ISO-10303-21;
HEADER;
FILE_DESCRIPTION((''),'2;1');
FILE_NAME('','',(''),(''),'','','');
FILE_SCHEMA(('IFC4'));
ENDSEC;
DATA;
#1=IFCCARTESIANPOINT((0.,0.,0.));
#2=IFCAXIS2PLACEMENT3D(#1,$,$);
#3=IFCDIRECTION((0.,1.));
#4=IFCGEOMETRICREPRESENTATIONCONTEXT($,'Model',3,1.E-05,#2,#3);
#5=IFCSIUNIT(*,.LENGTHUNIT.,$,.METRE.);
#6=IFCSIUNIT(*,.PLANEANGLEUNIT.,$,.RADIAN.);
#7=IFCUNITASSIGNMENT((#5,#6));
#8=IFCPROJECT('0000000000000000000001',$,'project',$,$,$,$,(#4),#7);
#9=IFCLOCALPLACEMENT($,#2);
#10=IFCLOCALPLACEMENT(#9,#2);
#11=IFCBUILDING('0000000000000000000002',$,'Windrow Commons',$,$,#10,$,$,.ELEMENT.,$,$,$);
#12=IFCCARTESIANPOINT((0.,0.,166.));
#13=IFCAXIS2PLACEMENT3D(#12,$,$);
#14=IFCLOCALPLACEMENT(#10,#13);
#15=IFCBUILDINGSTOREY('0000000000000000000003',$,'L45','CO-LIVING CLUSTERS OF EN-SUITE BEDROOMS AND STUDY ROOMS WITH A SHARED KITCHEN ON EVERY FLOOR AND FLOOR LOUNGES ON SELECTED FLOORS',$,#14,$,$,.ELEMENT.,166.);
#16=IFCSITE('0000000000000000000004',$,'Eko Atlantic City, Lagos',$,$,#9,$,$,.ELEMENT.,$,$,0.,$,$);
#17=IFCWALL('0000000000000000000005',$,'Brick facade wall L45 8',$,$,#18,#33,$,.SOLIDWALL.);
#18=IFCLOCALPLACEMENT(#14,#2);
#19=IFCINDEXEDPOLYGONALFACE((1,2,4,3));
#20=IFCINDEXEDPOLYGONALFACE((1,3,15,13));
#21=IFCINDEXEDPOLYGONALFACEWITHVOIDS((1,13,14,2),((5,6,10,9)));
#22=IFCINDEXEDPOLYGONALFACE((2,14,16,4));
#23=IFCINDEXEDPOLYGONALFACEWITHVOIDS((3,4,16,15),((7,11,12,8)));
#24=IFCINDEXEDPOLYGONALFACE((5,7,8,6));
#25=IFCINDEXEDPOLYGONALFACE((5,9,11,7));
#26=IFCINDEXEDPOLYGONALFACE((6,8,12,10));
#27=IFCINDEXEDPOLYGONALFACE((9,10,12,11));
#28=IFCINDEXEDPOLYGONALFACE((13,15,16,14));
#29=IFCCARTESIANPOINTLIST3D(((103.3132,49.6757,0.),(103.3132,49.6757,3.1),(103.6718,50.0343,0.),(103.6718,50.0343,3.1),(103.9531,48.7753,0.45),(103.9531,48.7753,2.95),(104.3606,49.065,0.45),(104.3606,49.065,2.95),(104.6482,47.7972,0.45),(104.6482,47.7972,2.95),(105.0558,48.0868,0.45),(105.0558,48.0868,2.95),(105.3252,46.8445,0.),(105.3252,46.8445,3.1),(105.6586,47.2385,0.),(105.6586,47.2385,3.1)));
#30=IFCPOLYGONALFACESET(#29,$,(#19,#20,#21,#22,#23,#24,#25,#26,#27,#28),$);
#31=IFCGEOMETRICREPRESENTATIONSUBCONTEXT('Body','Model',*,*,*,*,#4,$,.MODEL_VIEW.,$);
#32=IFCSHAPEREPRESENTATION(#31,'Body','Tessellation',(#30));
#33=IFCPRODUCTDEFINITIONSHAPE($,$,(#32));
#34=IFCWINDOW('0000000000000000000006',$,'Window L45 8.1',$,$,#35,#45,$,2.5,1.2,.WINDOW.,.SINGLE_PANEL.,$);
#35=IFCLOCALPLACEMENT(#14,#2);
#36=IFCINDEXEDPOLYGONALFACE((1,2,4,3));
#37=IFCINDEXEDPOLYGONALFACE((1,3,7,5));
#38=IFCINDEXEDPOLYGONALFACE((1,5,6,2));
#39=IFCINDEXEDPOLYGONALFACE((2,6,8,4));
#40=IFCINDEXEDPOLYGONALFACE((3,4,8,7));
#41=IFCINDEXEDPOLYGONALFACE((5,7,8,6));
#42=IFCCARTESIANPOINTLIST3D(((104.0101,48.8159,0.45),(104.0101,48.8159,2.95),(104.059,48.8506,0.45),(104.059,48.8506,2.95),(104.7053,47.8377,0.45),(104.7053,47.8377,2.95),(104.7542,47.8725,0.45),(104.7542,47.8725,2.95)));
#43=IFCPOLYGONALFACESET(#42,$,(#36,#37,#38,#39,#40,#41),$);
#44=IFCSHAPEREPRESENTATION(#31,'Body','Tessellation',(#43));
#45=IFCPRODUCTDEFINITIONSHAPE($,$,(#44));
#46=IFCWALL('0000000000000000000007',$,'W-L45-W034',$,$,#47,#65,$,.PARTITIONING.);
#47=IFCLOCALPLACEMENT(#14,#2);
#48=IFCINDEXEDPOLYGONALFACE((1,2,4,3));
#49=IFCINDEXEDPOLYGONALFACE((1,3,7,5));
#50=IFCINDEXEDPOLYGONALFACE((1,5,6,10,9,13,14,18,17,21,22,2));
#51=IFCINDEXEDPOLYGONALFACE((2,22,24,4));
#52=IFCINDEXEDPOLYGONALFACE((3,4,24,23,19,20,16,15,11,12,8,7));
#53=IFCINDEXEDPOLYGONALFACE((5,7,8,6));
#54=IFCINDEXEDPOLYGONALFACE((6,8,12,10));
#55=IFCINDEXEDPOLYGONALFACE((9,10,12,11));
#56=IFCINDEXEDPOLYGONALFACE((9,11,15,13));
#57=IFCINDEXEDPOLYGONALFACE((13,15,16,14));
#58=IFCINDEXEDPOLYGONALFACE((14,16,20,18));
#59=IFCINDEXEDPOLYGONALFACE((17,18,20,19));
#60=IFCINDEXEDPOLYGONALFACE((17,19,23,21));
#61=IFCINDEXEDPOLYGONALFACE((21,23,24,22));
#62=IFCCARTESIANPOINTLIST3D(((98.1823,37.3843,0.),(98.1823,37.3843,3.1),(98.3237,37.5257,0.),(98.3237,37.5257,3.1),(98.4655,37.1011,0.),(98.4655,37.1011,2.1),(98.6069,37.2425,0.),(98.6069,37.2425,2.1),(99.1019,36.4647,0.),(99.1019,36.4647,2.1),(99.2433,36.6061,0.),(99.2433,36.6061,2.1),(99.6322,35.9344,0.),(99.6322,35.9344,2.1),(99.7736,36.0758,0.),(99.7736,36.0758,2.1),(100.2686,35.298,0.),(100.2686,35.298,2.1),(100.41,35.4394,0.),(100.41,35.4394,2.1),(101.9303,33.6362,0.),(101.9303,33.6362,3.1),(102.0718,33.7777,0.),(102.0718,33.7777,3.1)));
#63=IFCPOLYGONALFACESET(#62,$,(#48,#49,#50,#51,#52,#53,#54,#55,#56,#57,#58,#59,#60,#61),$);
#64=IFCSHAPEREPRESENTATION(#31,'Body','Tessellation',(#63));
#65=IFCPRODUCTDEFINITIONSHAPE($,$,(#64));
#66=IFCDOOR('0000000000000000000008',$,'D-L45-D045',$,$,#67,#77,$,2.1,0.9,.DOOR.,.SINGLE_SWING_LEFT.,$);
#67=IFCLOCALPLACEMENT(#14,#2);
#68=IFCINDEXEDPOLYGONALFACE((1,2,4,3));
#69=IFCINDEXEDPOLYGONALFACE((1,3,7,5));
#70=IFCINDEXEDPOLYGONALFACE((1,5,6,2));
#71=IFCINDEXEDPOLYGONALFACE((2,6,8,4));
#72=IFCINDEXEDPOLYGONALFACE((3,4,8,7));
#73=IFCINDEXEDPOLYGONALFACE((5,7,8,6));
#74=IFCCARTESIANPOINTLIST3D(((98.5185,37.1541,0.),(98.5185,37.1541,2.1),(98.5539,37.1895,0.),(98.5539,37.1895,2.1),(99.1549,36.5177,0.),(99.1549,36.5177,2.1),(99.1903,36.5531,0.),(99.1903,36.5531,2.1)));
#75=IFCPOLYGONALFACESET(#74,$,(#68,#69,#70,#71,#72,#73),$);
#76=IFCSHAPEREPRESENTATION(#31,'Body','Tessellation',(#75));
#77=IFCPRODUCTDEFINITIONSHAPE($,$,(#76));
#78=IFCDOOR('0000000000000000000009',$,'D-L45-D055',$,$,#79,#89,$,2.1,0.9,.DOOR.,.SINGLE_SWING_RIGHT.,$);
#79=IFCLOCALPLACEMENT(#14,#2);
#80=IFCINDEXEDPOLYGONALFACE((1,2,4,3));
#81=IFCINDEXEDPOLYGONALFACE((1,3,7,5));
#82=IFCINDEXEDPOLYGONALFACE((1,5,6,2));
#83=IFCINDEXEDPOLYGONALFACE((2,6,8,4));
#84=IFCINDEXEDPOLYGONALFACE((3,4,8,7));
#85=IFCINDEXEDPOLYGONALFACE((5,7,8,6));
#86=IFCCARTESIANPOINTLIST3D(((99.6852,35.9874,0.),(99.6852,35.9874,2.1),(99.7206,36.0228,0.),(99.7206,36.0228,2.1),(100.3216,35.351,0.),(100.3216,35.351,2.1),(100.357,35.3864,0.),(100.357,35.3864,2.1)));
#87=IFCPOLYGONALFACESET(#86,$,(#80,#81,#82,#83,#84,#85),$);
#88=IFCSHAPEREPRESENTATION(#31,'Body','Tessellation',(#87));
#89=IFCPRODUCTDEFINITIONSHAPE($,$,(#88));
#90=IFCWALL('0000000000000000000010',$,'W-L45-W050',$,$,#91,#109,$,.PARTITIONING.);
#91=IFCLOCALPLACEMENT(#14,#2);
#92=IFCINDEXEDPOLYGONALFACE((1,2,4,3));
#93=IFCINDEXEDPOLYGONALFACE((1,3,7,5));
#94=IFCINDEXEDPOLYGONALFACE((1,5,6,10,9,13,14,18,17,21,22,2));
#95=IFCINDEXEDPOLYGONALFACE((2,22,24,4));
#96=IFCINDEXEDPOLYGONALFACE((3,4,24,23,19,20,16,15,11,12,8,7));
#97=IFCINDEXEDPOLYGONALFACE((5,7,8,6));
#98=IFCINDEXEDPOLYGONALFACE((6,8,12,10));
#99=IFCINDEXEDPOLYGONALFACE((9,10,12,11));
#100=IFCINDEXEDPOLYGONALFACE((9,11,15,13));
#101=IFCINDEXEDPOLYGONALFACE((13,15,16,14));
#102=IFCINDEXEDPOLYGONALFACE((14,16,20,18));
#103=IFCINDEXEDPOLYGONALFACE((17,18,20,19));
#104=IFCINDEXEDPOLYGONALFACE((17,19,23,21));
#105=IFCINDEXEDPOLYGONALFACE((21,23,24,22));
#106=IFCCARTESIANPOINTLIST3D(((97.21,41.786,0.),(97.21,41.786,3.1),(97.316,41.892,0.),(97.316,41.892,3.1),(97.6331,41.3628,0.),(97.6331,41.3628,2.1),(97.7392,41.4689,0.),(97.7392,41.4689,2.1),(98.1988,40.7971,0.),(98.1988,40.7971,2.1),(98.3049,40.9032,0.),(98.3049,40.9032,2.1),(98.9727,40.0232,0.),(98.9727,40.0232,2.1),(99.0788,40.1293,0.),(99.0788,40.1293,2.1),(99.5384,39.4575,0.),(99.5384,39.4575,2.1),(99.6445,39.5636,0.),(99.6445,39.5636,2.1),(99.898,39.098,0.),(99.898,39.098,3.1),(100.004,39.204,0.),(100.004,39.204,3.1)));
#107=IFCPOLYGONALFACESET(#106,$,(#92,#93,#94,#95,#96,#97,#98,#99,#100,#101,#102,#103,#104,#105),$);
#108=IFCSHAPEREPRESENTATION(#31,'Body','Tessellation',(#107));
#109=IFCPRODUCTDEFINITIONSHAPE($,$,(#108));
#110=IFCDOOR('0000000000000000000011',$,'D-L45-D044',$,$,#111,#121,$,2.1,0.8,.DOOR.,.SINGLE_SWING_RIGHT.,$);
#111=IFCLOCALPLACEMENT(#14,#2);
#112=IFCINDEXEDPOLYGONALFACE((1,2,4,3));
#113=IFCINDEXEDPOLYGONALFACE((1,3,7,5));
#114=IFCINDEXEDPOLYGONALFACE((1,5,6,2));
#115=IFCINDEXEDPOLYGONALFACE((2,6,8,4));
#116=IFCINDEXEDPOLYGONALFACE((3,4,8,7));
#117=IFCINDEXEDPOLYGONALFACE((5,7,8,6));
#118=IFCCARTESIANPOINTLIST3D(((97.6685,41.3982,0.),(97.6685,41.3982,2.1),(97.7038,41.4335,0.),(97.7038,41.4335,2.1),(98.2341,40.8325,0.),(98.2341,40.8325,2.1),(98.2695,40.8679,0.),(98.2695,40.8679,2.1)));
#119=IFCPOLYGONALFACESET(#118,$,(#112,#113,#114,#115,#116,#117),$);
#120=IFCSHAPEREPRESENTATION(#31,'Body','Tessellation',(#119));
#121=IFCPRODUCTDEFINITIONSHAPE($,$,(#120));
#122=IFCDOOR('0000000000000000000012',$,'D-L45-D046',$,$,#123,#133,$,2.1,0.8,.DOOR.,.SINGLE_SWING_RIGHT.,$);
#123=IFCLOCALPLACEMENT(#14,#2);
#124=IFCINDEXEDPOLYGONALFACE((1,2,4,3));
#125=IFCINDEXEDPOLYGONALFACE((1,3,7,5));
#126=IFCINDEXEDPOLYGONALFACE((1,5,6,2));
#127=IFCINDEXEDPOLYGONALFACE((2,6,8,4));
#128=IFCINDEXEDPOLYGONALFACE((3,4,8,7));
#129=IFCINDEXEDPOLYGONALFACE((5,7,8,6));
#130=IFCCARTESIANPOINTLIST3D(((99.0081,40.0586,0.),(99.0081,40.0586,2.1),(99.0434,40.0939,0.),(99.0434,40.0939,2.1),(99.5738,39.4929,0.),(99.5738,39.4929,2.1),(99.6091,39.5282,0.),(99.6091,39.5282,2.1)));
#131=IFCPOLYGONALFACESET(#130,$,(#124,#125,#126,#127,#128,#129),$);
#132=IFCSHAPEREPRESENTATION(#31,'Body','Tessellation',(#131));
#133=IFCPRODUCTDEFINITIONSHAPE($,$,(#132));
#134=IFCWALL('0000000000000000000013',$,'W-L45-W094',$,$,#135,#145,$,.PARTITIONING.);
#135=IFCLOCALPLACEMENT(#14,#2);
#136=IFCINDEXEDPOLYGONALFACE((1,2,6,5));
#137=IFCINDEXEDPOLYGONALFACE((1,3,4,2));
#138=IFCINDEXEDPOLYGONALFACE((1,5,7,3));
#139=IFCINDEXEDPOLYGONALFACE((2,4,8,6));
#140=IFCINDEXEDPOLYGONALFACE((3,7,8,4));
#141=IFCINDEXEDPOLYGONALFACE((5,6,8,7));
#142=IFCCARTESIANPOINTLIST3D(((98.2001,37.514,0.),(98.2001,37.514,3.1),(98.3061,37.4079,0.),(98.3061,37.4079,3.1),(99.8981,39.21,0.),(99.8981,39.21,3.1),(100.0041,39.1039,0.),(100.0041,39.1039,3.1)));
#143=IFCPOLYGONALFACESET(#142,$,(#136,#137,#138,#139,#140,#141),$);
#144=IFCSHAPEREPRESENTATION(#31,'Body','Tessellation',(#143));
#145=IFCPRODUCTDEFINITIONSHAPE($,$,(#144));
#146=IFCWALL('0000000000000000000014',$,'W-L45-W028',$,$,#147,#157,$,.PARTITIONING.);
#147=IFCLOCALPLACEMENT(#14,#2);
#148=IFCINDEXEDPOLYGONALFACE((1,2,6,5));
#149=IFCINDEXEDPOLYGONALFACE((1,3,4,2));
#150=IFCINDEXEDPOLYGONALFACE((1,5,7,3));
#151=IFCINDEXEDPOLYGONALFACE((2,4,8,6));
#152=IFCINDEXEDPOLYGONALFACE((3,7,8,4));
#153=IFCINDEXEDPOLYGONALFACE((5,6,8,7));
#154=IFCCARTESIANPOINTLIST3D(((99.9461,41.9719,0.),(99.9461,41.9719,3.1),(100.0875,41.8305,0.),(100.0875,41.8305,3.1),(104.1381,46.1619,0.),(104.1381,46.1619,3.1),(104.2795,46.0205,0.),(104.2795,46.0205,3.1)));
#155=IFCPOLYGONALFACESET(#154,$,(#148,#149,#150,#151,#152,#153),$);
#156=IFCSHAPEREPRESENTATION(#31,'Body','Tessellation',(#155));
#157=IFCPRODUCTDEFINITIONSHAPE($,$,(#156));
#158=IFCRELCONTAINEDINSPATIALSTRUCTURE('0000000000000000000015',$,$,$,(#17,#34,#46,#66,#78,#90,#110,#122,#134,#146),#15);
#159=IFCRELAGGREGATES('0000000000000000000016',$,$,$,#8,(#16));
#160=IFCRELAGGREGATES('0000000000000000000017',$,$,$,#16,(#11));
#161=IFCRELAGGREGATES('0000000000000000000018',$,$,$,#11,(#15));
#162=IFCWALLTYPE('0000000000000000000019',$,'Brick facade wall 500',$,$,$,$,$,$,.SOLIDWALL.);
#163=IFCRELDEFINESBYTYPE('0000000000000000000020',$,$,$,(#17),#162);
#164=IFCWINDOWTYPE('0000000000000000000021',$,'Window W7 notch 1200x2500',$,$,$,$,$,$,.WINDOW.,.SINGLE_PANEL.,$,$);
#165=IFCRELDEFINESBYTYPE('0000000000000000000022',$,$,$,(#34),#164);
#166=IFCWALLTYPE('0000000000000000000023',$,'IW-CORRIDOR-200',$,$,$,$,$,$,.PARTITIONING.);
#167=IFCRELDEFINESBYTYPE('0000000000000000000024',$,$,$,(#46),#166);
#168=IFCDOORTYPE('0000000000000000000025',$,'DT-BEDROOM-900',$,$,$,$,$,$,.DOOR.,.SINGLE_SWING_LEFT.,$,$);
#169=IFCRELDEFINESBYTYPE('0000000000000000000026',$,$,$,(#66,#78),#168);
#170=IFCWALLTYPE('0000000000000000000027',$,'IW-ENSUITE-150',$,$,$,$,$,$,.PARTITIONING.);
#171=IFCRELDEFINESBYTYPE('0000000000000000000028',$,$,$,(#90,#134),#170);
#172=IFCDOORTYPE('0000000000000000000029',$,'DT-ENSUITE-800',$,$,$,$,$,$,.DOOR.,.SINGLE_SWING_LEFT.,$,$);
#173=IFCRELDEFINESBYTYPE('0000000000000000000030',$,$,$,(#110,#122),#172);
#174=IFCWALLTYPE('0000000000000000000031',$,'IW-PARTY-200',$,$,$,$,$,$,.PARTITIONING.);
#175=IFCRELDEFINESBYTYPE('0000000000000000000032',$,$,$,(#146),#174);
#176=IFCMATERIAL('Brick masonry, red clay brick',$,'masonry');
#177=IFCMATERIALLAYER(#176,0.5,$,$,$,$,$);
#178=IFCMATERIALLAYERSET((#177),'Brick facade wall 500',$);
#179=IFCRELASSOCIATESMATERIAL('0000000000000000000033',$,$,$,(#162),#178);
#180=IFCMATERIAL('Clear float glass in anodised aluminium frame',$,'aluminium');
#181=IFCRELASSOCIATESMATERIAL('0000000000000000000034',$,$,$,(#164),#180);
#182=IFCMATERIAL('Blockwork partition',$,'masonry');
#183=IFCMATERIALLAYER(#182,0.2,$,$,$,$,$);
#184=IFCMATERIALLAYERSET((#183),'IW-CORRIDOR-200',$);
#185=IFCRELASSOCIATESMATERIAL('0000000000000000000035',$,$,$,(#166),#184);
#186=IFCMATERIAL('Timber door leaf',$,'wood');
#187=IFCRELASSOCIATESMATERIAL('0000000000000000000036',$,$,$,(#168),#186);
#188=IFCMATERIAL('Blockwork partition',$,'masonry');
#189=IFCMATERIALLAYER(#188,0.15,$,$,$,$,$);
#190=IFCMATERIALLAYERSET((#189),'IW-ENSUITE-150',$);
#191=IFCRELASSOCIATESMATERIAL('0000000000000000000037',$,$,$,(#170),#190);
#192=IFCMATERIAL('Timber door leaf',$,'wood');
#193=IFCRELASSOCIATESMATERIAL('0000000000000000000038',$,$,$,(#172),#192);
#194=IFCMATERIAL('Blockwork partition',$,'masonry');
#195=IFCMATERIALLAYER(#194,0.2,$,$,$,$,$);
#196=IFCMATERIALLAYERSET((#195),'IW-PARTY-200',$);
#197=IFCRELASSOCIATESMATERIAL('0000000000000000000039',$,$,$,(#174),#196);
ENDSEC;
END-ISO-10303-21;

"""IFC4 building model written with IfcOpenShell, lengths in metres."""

from ifc_helpers import new_model, si_unit, direction, frame, frame_2d, origin, place, context, subcontext, project, spatial, polyline, rectangle, outline, extrude, material, layer, layer_set, type_object, element, fill, save


model = new_model("IFC4")

# Units and contexts
model_context = context("Model", 3, precision=1e-05, world=origin(), true_north=direction((0.0, 1.0)))
body_context = subcontext(model_context, "Body", "Model", "MODEL_VIEW")
ifc_project = project(units=[si_unit("LENGTHUNIT", "METRE"), si_unit("PLANEANGLEUNIT", "RADIAN")], contexts=[model_context])

# Site, building, storey
site_placement = place(None, origin())
site = spatial("IfcSite", under=ifc_project, at=site_placement, Name="Eko Atlantic City, Lagos", CompositionType="ELEMENT", RefElevation=0.0)
building_placement = place(site_placement, origin())
building = spatial("IfcBuilding", under=site, at=building_placement, Name="Windrow Commons", CompositionType="ELEMENT")
storey_placement = place(building_placement, frame((0.0, 0.0, 166.0)))
storey = spatial("IfcBuildingStorey", under=building, at=storey_placement, Name="L45", Description="CO-LIVING CLUSTERS OF EN-SUITE BEDROOMS AND STUDY ROOMS WITH A SHARED KITCHEN ON EVERY FLOOR AND FLOOR LOUNGES ON SELECTED FLOORS", CompositionType="ELEMENT", Elevation=166.0)

# Shared definitions
ifc_material_1 = material(Name="Brick masonry, red clay brick", Category="masonry")
ifc_layer_1 = layer(ifc_material_1, 0.5)
ifc_layer_set_1 = layer_set([ifc_layer_1], Name="Brick facade wall 500")
wall_type_1 = type_object("IfcWallType", Name="Brick facade wall 500", PredefinedType="SOLIDWALL", material=ifc_layer_set_1)

# Wall, opening, window
ifc_material_2 = material(Name="Clear float glass in anodised aluminium frame", Category="aluminium")
window_type_1 = type_object("IfcWindowType", Name="Window W7 notch 1200x2500", PartitioningType="SINGLE_PANEL", PredefinedType="WINDOW", material=ifc_material_2)
wall_1_placement = place(storey_placement, frame((105.4919, 47.0415, 0.0), z_axis=(0.0, 0.0, 1.0), x_axis=(-0.579271, 0.815135, 0.0)))
wall_1 = element("IfcWall", 1, at=wall_1_placement, inside=storey, type_object=wall_type_1, Name="Brick facade wall L45 8", PredefinedType="SOLIDWALL", context=body_context, shape_type="SweptSolid", body=[
    extrude(outline(polyline([(0.064, -0.25), (3.4939, -0.25), (3.4093, 0.25), (-0.064, 0.25), (0.064, -0.25)])), origin(), (0.0, 0.0, 1.0), 3.1),
])
opening_1_placement = place(wall_1_placement, frame((1.1047, 0.0, 0.45)))
opening_1 = element("IfcOpeningElement", 2, at=opening_1_placement, cuts=wall_1, PredefinedType="OPENING", context=body_context, shape_type="SweptSolid", body=[
    extrude(rectangle(XDim=1.2, YDim=2.5, at=frame_2d((0.6, 1.25))), frame((0.0, 0.26, 0.0), z_axis=(0.0, -1.0, 0.0), x_axis=(1.0, 0.0, 0.0)), (0.0, 0.0, 1.0), 0.52),
])
window_1_placement = place(opening_1_placement, origin())
window_1 = element("IfcWindow", 3, at=window_1_placement, inside=storey, type_object=window_type_1, Name="Window L45 8.1", OverallHeight=2.5, OverallWidth=1.2, PartitioningType="SINGLE_PANEL", PredefinedType="WINDOW", context=body_context, shape_type="SweptSolid", body=[
    extrude(rectangle(XDim=1.2, YDim=2.5, at=frame_2d((0.6, 1.25))), frame((0.0, 0.18, 0.0), z_axis=(0.0, -1.0, 0.0), x_axis=(1.0, 0.0, 0.0)), (0.0, 0.0, 1.0), 0.06),
])
fill(opening_1, window_1)

# Walls, openings, doors
ifc_material_3 = material(Name="Blockwork partition", Category="masonry")
ifc_layer_2 = layer(ifc_material_3, 0.2)
ifc_layer_set_2 = layer_set([ifc_layer_2], Name="IW-CORRIDOR-200")
wall_type_2 = type_object("IfcWallType", Name="IW-CORRIDOR-200", PredefinedType="PARTITIONING", material=ifc_layer_set_2)
wall_2_placement = place(storey_placement, frame((98.253, 37.455, 0.0), z_axis=(0.0, 0.0, 1.0), x_axis=(0.707107, -0.707107, 0.0)))
wall_2 = element("IfcWall", 4, at=wall_2_placement, inside=storey, type_object=wall_type_2, Name="W-L45-W034", PredefinedType="PARTITIONING", context=body_context, shape_type="SweptSolid", body=[
    extrude(rectangle(XDim=5.3005, YDim=0.2, at=frame_2d((2.6503, 0.0))), origin(), (0.0, 0.0, 1.0), 3.1),
])
opening_2_placement = place(wall_2_placement, frame((0.4005, 0.0, 0.0)))
opening_2 = element("IfcOpeningElement", 5, at=opening_2_placement, cuts=wall_2, PredefinedType="OPENING", context=body_context, shape_type="SweptSolid", body=[
    extrude(rectangle(XDim=0.9, YDim=2.1, at=frame_2d((0.45, 1.05))), frame((0.0, 0.11, 0.0), z_axis=(0.0, -1.0, 0.0), x_axis=(1.0, 0.0, 0.0)), (0.0, 0.0, 1.0), 0.22),
])
opening_3_placement = place(wall_2_placement, frame((2.0505, 0.0, 0.0)))
opening_3 = element("IfcOpeningElement", 6, at=opening_3_placement, cuts=wall_2, PredefinedType="OPENING", context=body_context, shape_type="SweptSolid", body=[
    extrude(rectangle(XDim=0.9, YDim=2.1, at=frame_2d((0.45, 1.05))), frame((0.0, 0.11, 0.0), z_axis=(0.0, -1.0, 0.0), x_axis=(1.0, 0.0, 0.0)), (0.0, 0.0, 1.0), 0.22),
])
ifc_material_4 = material(Name="Timber door leaf", Category="wood")
door_type_1 = type_object("IfcDoorType", Name="DT-BEDROOM-900", OperationType="SINGLE_SWING_LEFT", PredefinedType="DOOR", material=ifc_material_4)
door_1_placement = place(opening_2_placement, origin())
door_1 = element("IfcDoor", 7, at=door_1_placement, inside=storey, type_object=door_type_1, Name="D-L45-D045", OperationType="SINGLE_SWING_LEFT", OverallHeight=2.1, OverallWidth=0.9, PredefinedType="DOOR", context=body_context, shape_type="SweptSolid", body=[
    extrude(rectangle(XDim=0.9, YDim=2.1, at=frame_2d((0.45, 1.05))), frame((0.0, 0.025, 0.0), z_axis=(0.0, -1.0, 0.0), x_axis=(1.0, 0.0, 0.0)), (0.0, 0.0, 1.0), 0.05),
])
fill(opening_2, door_1)
door_2_placement = place(opening_3_placement, origin())
door_2 = element("IfcDoor", 8, at=door_2_placement, inside=storey, type_object=door_type_1, Name="D-L45-D055", OperationType="SINGLE_SWING_RIGHT", OverallHeight=2.1, OverallWidth=0.9, PredefinedType="DOOR", context=body_context, shape_type="SweptSolid", body=[
    extrude(rectangle(XDim=0.9, YDim=2.1, at=frame_2d((0.45, 1.05))), frame((0.0, 0.025, 0.0), z_axis=(0.0, -1.0, 0.0), x_axis=(1.0, 0.0, 0.0)), (0.0, 0.0, 1.0), 0.05),
])
fill(opening_3, door_2)
ifc_material_5 = material(Name="Blockwork partition", Category="masonry")
ifc_layer_3 = layer(ifc_material_5, 0.15)
ifc_layer_set_3 = layer_set([ifc_layer_3], Name="IW-ENSUITE-150")
wall_type_3 = type_object("IfcWallType", Name="IW-ENSUITE-150", PredefinedType="PARTITIONING", material=ifc_layer_set_3)
wall_3_placement = place(storey_placement, frame((97.263, 41.839, 0.0), z_axis=(0.0, 0.0, 1.0), x_axis=(0.707107, -0.707107, 0.0)))
wall_3 = element("IfcWall", 9, at=wall_3_placement, inside=storey, type_object=wall_type_3, Name="W-L45-W050", PredefinedType="PARTITIONING", context=body_context, shape_type="SweptSolid", body=[
    extrude(rectangle(XDim=3.8014, YDim=0.15, at=frame_2d((1.9007, 0.0))), origin(), (0.0, 0.0, 1.0), 3.1),
])
opening_4_placement = place(wall_3_placement, frame((0.5984, 0.0, 0.0)))
opening_4 = element("IfcOpeningElement", 10, at=opening_4_placement, cuts=wall_3, PredefinedType="OPENING", context=body_context, shape_type="SweptSolid", body=[
    extrude(rectangle(XDim=0.8, YDim=2.1, at=frame_2d((0.4, 1.05))), frame((0.0, 0.085, 0.0), z_axis=(0.0, -1.0, 0.0), x_axis=(1.0, 0.0, 0.0)), (0.0, 0.0, 1.0), 0.17),
])
opening_5_placement = place(wall_3_placement, frame((2.4929, 0.0, 0.0)))
opening_5 = element("IfcOpeningElement", 11, at=opening_5_placement, cuts=wall_3, PredefinedType="OPENING", context=body_context, shape_type="SweptSolid", body=[
    extrude(rectangle(XDim=0.8, YDim=2.1, at=frame_2d((0.4, 1.05))), frame((0.0, 0.085, 0.0), z_axis=(0.0, -1.0, 0.0), x_axis=(1.0, 0.0, 0.0)), (0.0, 0.0, 1.0), 0.17),
])
ifc_material_6 = material(Name="Timber door leaf", Category="wood")
door_type_2 = type_object("IfcDoorType", Name="DT-ENSUITE-800", OperationType="SINGLE_SWING_LEFT", PredefinedType="DOOR", material=ifc_material_6)
door_3_placement = place(opening_4_placement, origin())
door_3 = element("IfcDoor", 12, at=door_3_placement, inside=storey, type_object=door_type_2, Name="D-L45-D044", OperationType="SINGLE_SWING_RIGHT", OverallHeight=2.1, OverallWidth=0.8, PredefinedType="DOOR", context=body_context, shape_type="SweptSolid", body=[
    extrude(rectangle(XDim=0.8, YDim=2.1, at=frame_2d((0.4, 1.05))), frame((0.0, 0.025, 0.0), z_axis=(0.0, -1.0, 0.0), x_axis=(1.0, 0.0, 0.0)), (0.0, 0.0, 1.0), 0.05),
])
fill(opening_4, door_3)
door_4_placement = place(opening_5_placement, origin())
door_4 = element("IfcDoor", 13, at=door_4_placement, inside=storey, type_object=door_type_2, Name="D-L45-D046", OperationType="SINGLE_SWING_RIGHT", OverallHeight=2.1, OverallWidth=0.8, PredefinedType="DOOR", context=body_context, shape_type="SweptSolid", body=[
    extrude(rectangle(XDim=0.8, YDim=2.1, at=frame_2d((0.4, 1.05))), frame((0.0, 0.025, 0.0), z_axis=(0.0, -1.0, 0.0), x_axis=(1.0, 0.0, 0.0)), (0.0, 0.0, 1.0), 0.05),
])
fill(opening_5, door_4)

# Walls
wall_4_placement = place(storey_placement, frame((98.2531, 37.4609, 0.0), z_axis=(0.0, 0.0, 1.0), x_axis=(0.707523, 0.70669, 0.0)))
element("IfcWall", 14, at=wall_4_placement, inside=storey, type_object=wall_type_3, Name="W-L45-W094", PredefinedType="PARTITIONING", context=body_context, shape_type="SweptSolid", body=[
    extrude(rectangle(XDim=2.3999, YDim=0.15, at=frame_2d((1.2, 0.0))), origin(), (0.0, 0.0, 1.0), 3.1),
])
ifc_material_7 = material(Name="Blockwork partition", Category="masonry")
ifc_layer_4 = layer(ifc_material_7, 0.2)
ifc_layer_set_4 = layer_set([ifc_layer_4], Name="IW-PARTY-200")
wall_type_4 = type_object("IfcWallType", Name="IW-PARTY-200", PredefinedType="PARTITIONING", material=ifc_layer_set_4)
wall_5_placement = place(storey_placement, frame((100.0168, 41.9012, 0.0), z_axis=(0.0, 0.0, 1.0), x_axis=(0.707275, 0.706938, 0.0)))
element("IfcWall", 15, at=wall_5_placement, inside=storey, type_object=wall_type_4, Name="W-L45-W028", PredefinedType="PARTITIONING", context=body_context, shape_type="SweptSolid", body=[
    extrude(rectangle(XDim=5.927, YDim=0.2, at=frame_2d((2.9635, 0.0))), origin(), (0.0, 0.0, 1.0), 3.1),
])

save(model, "model.ifc")
